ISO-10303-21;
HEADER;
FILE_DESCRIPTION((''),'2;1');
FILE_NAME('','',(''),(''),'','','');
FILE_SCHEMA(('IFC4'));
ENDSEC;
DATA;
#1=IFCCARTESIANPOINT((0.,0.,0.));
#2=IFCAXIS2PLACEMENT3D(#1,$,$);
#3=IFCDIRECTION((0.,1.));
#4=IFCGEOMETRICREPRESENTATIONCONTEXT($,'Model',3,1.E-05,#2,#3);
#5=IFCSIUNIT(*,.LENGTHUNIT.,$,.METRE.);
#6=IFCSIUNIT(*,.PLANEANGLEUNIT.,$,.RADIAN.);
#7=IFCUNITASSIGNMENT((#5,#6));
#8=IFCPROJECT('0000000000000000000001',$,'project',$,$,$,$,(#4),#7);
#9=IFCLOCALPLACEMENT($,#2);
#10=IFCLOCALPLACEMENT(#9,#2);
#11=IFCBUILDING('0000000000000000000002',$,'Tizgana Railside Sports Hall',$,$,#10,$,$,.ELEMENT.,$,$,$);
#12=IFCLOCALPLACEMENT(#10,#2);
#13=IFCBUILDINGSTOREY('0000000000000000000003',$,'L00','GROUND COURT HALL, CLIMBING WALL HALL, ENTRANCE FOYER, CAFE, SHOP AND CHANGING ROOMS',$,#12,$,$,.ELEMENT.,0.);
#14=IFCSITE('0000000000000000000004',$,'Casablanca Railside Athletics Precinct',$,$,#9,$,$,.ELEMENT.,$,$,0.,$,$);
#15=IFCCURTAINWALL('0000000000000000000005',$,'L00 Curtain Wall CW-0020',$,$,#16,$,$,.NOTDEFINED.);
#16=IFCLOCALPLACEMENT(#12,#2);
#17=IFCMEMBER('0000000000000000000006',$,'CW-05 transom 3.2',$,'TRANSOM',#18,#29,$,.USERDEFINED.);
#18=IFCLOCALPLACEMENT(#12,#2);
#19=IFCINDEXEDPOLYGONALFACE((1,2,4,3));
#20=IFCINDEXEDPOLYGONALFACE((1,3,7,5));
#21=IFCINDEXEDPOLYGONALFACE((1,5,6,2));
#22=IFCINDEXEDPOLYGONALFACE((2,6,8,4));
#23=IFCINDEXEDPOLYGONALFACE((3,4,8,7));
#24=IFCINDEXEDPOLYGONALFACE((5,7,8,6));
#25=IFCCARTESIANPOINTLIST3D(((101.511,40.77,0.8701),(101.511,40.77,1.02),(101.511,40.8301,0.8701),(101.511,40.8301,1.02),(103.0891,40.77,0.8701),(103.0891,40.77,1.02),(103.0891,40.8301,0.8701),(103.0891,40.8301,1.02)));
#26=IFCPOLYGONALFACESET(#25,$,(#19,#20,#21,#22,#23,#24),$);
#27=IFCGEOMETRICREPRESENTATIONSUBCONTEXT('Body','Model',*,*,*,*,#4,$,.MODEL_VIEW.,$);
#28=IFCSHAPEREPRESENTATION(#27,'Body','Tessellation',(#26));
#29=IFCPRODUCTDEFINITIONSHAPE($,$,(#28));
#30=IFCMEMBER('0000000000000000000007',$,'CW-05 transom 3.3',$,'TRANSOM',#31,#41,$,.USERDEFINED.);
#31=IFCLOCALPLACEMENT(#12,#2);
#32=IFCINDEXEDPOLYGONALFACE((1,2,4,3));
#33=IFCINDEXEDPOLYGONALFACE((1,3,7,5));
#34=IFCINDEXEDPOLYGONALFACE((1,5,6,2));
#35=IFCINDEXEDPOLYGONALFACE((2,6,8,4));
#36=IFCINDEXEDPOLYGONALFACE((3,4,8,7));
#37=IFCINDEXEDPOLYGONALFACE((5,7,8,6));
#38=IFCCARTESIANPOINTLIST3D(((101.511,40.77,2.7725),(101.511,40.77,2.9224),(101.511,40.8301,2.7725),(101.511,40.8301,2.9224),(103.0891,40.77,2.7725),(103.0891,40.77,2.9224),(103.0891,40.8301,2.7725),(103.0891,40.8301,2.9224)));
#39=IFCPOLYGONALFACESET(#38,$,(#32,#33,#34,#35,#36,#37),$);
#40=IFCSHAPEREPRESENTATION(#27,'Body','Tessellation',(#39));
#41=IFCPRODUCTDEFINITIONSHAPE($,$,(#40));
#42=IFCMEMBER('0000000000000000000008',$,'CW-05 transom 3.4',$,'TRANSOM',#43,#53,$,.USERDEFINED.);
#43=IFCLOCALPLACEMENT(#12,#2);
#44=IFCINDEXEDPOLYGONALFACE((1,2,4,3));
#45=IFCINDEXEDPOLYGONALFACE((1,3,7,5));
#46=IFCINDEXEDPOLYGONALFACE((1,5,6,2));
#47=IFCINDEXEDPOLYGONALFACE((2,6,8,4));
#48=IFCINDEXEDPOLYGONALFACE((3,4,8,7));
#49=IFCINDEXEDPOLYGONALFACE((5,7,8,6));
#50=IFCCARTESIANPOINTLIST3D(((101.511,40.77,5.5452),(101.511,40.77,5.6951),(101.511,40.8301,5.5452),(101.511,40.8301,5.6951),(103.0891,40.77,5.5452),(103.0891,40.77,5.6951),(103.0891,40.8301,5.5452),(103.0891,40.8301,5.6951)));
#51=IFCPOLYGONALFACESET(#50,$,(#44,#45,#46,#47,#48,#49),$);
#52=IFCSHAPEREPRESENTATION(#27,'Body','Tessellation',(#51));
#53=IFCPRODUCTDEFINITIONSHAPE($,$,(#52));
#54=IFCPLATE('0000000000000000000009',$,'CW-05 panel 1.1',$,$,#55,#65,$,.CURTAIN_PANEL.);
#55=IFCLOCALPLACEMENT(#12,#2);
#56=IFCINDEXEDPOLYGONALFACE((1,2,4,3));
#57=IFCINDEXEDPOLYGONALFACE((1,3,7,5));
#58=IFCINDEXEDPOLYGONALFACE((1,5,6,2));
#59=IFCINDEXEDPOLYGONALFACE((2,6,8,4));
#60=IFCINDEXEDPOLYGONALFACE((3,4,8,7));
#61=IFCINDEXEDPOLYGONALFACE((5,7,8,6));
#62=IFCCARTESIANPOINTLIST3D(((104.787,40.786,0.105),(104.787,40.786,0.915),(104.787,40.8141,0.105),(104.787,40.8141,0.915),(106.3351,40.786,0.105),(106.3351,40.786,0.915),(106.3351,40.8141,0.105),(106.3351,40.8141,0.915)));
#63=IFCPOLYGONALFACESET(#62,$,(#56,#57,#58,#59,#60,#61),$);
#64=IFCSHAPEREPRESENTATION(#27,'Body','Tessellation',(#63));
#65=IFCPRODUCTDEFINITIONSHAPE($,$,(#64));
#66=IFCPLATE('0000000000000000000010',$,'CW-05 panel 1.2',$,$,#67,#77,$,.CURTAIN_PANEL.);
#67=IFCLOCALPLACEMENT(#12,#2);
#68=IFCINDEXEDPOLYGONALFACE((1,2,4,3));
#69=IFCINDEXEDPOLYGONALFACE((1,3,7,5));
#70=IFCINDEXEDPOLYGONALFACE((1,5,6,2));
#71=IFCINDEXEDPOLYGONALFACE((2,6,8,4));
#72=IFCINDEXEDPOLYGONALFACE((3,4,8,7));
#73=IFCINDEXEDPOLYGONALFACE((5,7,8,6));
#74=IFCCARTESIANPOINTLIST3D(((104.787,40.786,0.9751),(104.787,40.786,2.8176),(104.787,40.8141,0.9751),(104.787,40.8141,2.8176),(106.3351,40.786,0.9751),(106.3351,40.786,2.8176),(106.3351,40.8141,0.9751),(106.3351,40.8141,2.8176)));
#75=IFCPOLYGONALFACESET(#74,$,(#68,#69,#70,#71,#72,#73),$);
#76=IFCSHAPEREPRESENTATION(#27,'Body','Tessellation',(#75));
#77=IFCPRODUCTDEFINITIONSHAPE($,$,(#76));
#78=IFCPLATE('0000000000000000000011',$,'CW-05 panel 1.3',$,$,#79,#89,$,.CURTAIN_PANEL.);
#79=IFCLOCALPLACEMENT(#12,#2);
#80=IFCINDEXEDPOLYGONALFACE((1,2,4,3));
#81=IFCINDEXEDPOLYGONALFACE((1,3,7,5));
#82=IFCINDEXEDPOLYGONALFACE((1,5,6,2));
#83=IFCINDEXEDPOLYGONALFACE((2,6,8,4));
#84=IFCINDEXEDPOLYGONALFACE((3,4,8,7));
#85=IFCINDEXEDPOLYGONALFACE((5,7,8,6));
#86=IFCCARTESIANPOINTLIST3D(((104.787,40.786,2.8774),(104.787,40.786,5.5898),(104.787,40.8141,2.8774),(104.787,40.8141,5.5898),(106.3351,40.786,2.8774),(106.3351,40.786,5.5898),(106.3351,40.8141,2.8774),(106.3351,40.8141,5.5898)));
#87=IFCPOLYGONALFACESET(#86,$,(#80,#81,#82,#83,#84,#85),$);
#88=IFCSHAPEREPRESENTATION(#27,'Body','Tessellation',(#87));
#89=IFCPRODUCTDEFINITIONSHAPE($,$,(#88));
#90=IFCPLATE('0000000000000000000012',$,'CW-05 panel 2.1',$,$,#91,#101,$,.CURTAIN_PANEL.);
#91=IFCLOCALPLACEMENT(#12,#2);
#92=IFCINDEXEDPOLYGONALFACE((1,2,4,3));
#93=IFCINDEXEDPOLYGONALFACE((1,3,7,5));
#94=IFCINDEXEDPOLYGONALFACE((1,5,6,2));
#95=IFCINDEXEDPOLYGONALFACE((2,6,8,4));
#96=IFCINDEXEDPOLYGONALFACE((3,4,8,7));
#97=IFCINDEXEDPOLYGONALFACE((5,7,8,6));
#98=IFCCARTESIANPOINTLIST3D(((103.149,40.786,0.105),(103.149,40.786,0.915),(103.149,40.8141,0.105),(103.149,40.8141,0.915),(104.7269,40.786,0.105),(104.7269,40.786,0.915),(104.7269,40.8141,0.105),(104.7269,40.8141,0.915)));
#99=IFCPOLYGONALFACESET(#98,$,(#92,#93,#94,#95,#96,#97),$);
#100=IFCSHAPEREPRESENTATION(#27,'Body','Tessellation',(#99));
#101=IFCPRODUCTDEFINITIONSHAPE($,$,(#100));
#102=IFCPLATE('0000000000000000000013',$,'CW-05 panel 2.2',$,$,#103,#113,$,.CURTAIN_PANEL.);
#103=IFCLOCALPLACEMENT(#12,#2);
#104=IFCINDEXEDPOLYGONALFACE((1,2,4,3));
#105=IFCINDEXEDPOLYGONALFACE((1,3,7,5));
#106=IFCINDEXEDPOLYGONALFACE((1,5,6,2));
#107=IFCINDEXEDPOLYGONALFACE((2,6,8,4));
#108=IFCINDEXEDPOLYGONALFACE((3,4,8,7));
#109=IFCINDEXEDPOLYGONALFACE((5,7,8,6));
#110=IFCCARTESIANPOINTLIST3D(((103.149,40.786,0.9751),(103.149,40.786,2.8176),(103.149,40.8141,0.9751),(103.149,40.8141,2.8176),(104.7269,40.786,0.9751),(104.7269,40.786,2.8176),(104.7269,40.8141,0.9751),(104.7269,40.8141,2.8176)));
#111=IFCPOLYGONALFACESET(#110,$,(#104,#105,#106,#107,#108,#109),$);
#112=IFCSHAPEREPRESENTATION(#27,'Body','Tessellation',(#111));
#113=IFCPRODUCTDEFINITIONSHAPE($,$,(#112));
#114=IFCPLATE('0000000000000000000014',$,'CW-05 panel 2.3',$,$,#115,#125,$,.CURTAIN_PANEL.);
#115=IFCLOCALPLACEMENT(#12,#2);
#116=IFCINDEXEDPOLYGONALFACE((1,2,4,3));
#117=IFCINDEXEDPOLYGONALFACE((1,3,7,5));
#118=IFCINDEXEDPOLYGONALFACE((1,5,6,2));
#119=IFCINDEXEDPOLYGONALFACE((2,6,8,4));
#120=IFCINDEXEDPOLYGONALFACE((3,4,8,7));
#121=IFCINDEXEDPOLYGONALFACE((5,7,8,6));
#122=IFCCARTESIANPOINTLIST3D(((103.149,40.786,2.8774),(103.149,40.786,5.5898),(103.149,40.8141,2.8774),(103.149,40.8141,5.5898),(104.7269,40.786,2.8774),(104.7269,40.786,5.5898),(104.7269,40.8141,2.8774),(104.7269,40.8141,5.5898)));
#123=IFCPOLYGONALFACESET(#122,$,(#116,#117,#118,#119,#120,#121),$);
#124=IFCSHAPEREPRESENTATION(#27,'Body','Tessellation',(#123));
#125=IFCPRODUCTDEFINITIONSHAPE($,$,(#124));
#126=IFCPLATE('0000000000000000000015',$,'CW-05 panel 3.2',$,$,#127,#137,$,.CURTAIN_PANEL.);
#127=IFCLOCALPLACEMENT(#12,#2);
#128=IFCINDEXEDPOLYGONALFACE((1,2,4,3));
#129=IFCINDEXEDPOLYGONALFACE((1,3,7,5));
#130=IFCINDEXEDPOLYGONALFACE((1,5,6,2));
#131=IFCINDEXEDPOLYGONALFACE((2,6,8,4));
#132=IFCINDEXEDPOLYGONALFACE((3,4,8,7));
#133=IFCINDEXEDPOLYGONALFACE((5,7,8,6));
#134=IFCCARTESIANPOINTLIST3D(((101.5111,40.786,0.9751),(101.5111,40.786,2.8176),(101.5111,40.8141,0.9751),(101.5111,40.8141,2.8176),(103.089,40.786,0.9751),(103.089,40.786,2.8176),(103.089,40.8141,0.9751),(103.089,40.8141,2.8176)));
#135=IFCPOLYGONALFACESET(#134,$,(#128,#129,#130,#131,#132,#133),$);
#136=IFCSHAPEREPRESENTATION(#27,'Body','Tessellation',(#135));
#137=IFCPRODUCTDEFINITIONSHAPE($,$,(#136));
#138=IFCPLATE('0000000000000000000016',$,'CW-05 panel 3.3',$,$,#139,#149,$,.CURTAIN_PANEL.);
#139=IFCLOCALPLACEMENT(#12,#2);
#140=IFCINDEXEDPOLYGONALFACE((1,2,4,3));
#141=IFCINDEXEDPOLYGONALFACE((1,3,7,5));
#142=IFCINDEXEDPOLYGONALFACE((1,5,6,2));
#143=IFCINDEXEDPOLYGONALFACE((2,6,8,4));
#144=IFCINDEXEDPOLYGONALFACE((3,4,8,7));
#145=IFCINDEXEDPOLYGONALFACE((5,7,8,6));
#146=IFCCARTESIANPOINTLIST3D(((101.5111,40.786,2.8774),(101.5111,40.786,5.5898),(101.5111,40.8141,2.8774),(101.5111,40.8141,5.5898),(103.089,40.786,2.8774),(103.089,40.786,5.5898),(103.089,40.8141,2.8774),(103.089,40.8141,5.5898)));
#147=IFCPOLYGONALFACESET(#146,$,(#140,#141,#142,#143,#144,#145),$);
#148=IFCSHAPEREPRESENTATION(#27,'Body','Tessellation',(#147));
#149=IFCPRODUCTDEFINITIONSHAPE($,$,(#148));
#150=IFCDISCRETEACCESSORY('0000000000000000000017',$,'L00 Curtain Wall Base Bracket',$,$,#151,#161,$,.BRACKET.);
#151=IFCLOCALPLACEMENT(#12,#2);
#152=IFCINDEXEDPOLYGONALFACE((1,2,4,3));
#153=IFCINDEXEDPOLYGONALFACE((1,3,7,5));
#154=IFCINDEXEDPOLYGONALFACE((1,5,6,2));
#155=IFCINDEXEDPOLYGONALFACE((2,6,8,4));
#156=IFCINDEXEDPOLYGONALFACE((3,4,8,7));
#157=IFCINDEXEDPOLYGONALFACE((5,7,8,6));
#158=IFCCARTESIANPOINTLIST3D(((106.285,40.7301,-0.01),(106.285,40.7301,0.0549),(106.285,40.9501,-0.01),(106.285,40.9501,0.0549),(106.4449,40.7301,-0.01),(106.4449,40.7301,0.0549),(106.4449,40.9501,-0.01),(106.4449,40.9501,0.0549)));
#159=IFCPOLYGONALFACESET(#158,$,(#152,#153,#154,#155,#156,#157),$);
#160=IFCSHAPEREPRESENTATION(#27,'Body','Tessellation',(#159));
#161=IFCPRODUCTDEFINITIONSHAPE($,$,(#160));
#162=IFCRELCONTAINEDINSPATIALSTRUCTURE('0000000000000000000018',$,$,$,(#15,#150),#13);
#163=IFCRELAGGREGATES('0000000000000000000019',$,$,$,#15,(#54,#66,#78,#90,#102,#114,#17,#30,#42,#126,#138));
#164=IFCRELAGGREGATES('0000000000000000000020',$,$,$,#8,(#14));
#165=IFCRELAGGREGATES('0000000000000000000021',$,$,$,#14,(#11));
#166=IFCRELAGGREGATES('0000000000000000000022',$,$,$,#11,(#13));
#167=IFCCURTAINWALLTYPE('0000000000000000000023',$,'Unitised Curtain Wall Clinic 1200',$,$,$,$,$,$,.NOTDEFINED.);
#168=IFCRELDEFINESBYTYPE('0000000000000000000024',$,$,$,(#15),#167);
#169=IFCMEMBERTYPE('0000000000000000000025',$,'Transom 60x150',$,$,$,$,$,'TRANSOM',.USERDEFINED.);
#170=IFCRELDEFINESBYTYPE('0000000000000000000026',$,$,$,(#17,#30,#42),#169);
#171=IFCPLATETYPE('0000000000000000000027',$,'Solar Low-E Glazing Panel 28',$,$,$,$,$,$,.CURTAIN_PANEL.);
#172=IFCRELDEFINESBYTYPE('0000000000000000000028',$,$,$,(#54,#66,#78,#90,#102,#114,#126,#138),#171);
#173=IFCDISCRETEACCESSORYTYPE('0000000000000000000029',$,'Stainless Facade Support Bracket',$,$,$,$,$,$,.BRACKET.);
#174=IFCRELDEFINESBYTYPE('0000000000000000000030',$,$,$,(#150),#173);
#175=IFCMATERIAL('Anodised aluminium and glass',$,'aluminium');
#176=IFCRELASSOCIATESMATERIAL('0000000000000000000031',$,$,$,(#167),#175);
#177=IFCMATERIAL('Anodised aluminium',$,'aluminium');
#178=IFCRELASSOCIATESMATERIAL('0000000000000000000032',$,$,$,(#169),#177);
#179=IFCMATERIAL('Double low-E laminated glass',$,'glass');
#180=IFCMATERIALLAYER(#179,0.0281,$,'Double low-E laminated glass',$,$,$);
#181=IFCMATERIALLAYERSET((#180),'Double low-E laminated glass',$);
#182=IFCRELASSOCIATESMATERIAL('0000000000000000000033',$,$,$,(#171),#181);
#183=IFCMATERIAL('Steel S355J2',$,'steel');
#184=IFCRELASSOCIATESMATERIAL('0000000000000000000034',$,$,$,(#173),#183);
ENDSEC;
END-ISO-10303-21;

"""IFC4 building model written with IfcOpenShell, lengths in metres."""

from ifc_helpers import new_model, si_unit, direction, frame, origin, origin_2d, place, context, subcontext, project, spatial, rectangle, extrude, material, layer, layer_set, material_profile, profile_set, type_object, element, aggregate, save


model = new_model("IFC4")

# Units and contexts
model_context = context("Model", 3, precision=1e-05, world=origin(), true_north=direction((0.0, 1.0)))
body_context = subcontext(model_context, "Body", "Model", "MODEL_VIEW")
ifc_project = project(units=[si_unit("LENGTHUNIT", "METRE"), si_unit("PLANEANGLEUNIT", "RADIAN")], contexts=[model_context])

# Site, building, storey
site_placement = place(None, origin())
site = spatial("IfcSite", under=ifc_project, at=site_placement, Name="Casablanca Railside Athletics Precinct", CompositionType="ELEMENT", RefElevation=0.0)
building_placement = place(site_placement, origin())
building = spatial("IfcBuilding", under=site, at=building_placement, Name="Tizgana Railside Sports Hall", CompositionType="ELEMENT")
storey_placement = place(building_placement, origin())
storey = spatial("IfcBuildingStorey", under=building, at=storey_placement, Name="L00", Description="GROUND COURT HALL, CLIMBING WALL HALL, ENTRANCE FOYER, CAFE, SHOP AND CHANGING ROOMS", CompositionType="ELEMENT", Elevation=0.0)

# Curtain wall
ifc_material_1 = material(Name="Anodised aluminium and glass", Category="aluminium")
curtain_wall_type = type_object("IfcCurtainWallType", Name="Unitised Curtain Wall Clinic 1200", PredefinedType="NOTDEFINED", material=ifc_material_1)
curtain_wall_placement = place(storey_placement, origin())
curtain_wall = element("IfcCurtainWall", 1, at=curtain_wall_placement, inside=storey, type_object=curtain_wall_type, Name="L00 Curtain Wall CW-0020", PredefinedType="NOTDEFINED")
ifc_material_2 = material(Name="Anodised aluminium", Category="aluminium")

# Shared definitions
ifc_material_3 = material(Name="Steel S355J2", Category="steel")

# Members
ifc_material_profile_1 = material_profile(ifc_material_2, rectangle(XDim=0.0601, YDim=0.1499, at=origin_2d()), Name="Transom 60x150")
ifc_profile_set_1 = profile_set([ifc_material_profile_1], Name="Anodised aluminium")
member_type_1 = type_object("IfcMemberType", Name="Transom 60x150", ElementType="TRANSOM", PredefinedType="USERDEFINED", material=ifc_profile_set_1)
member_1_placement = place(storey_placement, frame((103.0891, 40.8, 0.9451), z_axis=(-1.0, 0.0, 0.0), x_axis=(0.0, -1.0, 0.0)))
member_1 = element("IfcMember", 2, at=member_1_placement, type_object=member_type_1, Name="CW-05 transom 3.2", ObjectType="TRANSOM", PredefinedType="USERDEFINED", context=body_context, shape_type="SweptSolid", body=[
    extrude(rectangle(XDim=0.0601, YDim=0.1499, at=origin_2d()), origin(), (0.0, 0.0, 1.0), 1.5781),
])
member_2_placement = place(storey_placement, frame((103.0891, 40.8, 2.8474), z_axis=(-1.0, 0.0, 0.0), x_axis=(0.0, -1.0, 0.0)))
member_2 = element("IfcMember", 3, at=member_2_placement, type_object=member_type_1, Name="CW-05 transom 3.3", ObjectType="TRANSOM", PredefinedType="USERDEFINED", context=body_context, shape_type="SweptSolid", body=[
    extrude(rectangle(XDim=0.0601, YDim=0.1499, at=origin_2d()), origin(), (0.0, 0.0, 1.0), 1.5781),
])
member_3_placement = place(storey_placement, frame((103.0891, 40.8, 5.6201), z_axis=(-1.0, 0.0, 0.0), x_axis=(0.0, -1.0, 0.0)))
member_3 = element("IfcMember", 4, at=member_3_placement, type_object=member_type_1, Name="CW-05 transom 3.4", ObjectType="TRANSOM", PredefinedType="USERDEFINED", context=body_context, shape_type="SweptSolid", body=[
    extrude(rectangle(XDim=0.0601, YDim=0.1499, at=origin_2d()), origin(), (0.0, 0.0, 1.0), 1.5781),
])

# Plates
ifc_material_4 = material(Name="Double low-E laminated glass", Category="glass")
ifc_layer = layer(ifc_material_4, 0.0281, Name="Double low-E laminated glass")
ifc_layer_set = layer_set([ifc_layer], Name="Double low-E laminated glass")
plate_type = type_object("IfcPlateType", Name="Solar Low-E Glazing Panel 28", PredefinedType="CURTAIN_PANEL", material=ifc_layer_set)
plate_1_placement = place(storey_placement, frame((105.561, 40.8, 0.105), z_axis=(0.0, 0.0, 1.0), x_axis=(-1.0, 0.0, 0.0)))
plate_1 = element("IfcPlate", 5, at=plate_1_placement, type_object=plate_type, Name="CW-05 panel 1.1", PredefinedType="CURTAIN_PANEL", context=body_context, shape_type="SweptSolid", body=[
    extrude(rectangle(XDim=1.5481, YDim=0.0281, at=origin_2d()), origin(), (0.0, 0.0, 1.0), 0.8101),
])
plate_2_placement = place(storey_placement, frame((105.561, 40.8, 0.9751), z_axis=(0.0, 0.0, 1.0), x_axis=(-1.0, 0.0, 0.0)))
plate_2 = element("IfcPlate", 6, at=plate_2_placement, type_object=plate_type, Name="CW-05 panel 1.2", PredefinedType="CURTAIN_PANEL", context=body_context, shape_type="SweptSolid", body=[
    extrude(rectangle(XDim=1.5481, YDim=0.0281, at=origin_2d()), origin(), (0.0, 0.0, 1.0), 1.8425),
])
plate_3_placement = place(storey_placement, frame((105.561, 40.8, 2.8774), z_axis=(0.0, 0.0, 1.0), x_axis=(-1.0, 0.0, 0.0)))
plate_3 = element("IfcPlate", 7, at=plate_3_placement, type_object=plate_type, Name="CW-05 panel 1.3", PredefinedType="CURTAIN_PANEL", context=body_context, shape_type="SweptSolid", body=[
    extrude(rectangle(XDim=1.5481, YDim=0.0281, at=origin_2d()), origin(), (0.0, 0.0, 1.0), 2.7124),
])
plate_4_placement = place(storey_placement, frame((103.938, 40.8, 0.105), z_axis=(0.0, 0.0, 1.0), x_axis=(-1.0, 0.0, 0.0)))
plate_4 = element("IfcPlate", 8, at=plate_4_placement, type_object=plate_type, Name="CW-05 panel 2.1", PredefinedType="CURTAIN_PANEL", context=body_context, shape_type="SweptSolid", body=[
    extrude(rectangle(XDim=1.5779, YDim=0.0281, at=origin_2d()), origin(), (0.0, 0.0, 1.0), 0.8101),
])
plate_5_placement = place(storey_placement, frame((103.938, 40.8, 0.9751), z_axis=(0.0, 0.0, 1.0), x_axis=(-1.0, 0.0, 0.0)))
plate_5 = element("IfcPlate", 9, at=plate_5_placement, type_object=plate_type, Name="CW-05 panel 2.2", PredefinedType="CURTAIN_PANEL", context=body_context, shape_type="SweptSolid", body=[
    extrude(rectangle(XDim=1.5779, YDim=0.0281, at=origin_2d()), origin(), (0.0, 0.0, 1.0), 1.8425),
])
plate_6_placement = place(storey_placement, frame((103.938, 40.8, 2.8774), z_axis=(0.0, 0.0, 1.0), x_axis=(-1.0, 0.0, 0.0)))
plate_6 = element("IfcPlate", 10, at=plate_6_placement, type_object=plate_type, Name="CW-05 panel 2.3", PredefinedType="CURTAIN_PANEL", context=body_context, shape_type="SweptSolid", body=[
    extrude(rectangle(XDim=1.5779, YDim=0.0281, at=origin_2d()), origin(), (0.0, 0.0, 1.0), 2.7124),
])
plate_7_placement = place(storey_placement, frame((102.3, 40.8, 0.9751), z_axis=(0.0, 0.0, 1.0), x_axis=(-1.0, 0.0, 0.0)))
plate_7 = element("IfcPlate", 11, at=plate_7_placement, type_object=plate_type, Name="CW-05 panel 3.2", PredefinedType="CURTAIN_PANEL", context=body_context, shape_type="SweptSolid", body=[
    extrude(rectangle(XDim=1.5779, YDim=0.0281, at=origin_2d()), origin(), (0.0, 0.0, 1.0), 1.8425),
])
plate_8_placement = place(storey_placement, frame((102.3, 40.8, 2.8774), z_axis=(0.0, 0.0, 1.0), x_axis=(-1.0, 0.0, 0.0)))
plate_8 = element("IfcPlate", 12, at=plate_8_placement, type_object=plate_type, Name="CW-05 panel 3.3", PredefinedType="CURTAIN_PANEL", context=body_context, shape_type="SweptSolid", body=[
    extrude(rectangle(XDim=1.5779, YDim=0.0281, at=origin_2d()), origin(), (0.0, 0.0, 1.0), 2.7124),
])
aggregate(curtain_wall, [plate_1, plate_2, plate_3, plate_4, plate_5, plate_6, member_1, member_2, member_3, plate_7, plate_8])

# Discrete accessory
discrete_accessory_type = type_object("IfcDiscreteAccessoryType", Name="Stainless Facade Support Bracket", PredefinedType="BRACKET", material=ifc_material_3)
discrete_accessory_placement = place(storey_placement, frame((106.365, 40.8401, -0.01), z_axis=(0.0, 0.0, 1.0), x_axis=(-1.0, 0.0, 0.0)))
element("IfcDiscreteAccessory", 13, at=discrete_accessory_placement, inside=storey, type_object=discrete_accessory_type, Name="L00 Curtain Wall Base Bracket", PredefinedType="BRACKET", context=body_context, shape_type="SweptSolid", body=[
    extrude(rectangle(XDim=0.1599, YDim=0.22, at=origin_2d()), origin(), (0.0, 0.0, 1.0), 0.0649),
])

save(model, "model.ifc")
